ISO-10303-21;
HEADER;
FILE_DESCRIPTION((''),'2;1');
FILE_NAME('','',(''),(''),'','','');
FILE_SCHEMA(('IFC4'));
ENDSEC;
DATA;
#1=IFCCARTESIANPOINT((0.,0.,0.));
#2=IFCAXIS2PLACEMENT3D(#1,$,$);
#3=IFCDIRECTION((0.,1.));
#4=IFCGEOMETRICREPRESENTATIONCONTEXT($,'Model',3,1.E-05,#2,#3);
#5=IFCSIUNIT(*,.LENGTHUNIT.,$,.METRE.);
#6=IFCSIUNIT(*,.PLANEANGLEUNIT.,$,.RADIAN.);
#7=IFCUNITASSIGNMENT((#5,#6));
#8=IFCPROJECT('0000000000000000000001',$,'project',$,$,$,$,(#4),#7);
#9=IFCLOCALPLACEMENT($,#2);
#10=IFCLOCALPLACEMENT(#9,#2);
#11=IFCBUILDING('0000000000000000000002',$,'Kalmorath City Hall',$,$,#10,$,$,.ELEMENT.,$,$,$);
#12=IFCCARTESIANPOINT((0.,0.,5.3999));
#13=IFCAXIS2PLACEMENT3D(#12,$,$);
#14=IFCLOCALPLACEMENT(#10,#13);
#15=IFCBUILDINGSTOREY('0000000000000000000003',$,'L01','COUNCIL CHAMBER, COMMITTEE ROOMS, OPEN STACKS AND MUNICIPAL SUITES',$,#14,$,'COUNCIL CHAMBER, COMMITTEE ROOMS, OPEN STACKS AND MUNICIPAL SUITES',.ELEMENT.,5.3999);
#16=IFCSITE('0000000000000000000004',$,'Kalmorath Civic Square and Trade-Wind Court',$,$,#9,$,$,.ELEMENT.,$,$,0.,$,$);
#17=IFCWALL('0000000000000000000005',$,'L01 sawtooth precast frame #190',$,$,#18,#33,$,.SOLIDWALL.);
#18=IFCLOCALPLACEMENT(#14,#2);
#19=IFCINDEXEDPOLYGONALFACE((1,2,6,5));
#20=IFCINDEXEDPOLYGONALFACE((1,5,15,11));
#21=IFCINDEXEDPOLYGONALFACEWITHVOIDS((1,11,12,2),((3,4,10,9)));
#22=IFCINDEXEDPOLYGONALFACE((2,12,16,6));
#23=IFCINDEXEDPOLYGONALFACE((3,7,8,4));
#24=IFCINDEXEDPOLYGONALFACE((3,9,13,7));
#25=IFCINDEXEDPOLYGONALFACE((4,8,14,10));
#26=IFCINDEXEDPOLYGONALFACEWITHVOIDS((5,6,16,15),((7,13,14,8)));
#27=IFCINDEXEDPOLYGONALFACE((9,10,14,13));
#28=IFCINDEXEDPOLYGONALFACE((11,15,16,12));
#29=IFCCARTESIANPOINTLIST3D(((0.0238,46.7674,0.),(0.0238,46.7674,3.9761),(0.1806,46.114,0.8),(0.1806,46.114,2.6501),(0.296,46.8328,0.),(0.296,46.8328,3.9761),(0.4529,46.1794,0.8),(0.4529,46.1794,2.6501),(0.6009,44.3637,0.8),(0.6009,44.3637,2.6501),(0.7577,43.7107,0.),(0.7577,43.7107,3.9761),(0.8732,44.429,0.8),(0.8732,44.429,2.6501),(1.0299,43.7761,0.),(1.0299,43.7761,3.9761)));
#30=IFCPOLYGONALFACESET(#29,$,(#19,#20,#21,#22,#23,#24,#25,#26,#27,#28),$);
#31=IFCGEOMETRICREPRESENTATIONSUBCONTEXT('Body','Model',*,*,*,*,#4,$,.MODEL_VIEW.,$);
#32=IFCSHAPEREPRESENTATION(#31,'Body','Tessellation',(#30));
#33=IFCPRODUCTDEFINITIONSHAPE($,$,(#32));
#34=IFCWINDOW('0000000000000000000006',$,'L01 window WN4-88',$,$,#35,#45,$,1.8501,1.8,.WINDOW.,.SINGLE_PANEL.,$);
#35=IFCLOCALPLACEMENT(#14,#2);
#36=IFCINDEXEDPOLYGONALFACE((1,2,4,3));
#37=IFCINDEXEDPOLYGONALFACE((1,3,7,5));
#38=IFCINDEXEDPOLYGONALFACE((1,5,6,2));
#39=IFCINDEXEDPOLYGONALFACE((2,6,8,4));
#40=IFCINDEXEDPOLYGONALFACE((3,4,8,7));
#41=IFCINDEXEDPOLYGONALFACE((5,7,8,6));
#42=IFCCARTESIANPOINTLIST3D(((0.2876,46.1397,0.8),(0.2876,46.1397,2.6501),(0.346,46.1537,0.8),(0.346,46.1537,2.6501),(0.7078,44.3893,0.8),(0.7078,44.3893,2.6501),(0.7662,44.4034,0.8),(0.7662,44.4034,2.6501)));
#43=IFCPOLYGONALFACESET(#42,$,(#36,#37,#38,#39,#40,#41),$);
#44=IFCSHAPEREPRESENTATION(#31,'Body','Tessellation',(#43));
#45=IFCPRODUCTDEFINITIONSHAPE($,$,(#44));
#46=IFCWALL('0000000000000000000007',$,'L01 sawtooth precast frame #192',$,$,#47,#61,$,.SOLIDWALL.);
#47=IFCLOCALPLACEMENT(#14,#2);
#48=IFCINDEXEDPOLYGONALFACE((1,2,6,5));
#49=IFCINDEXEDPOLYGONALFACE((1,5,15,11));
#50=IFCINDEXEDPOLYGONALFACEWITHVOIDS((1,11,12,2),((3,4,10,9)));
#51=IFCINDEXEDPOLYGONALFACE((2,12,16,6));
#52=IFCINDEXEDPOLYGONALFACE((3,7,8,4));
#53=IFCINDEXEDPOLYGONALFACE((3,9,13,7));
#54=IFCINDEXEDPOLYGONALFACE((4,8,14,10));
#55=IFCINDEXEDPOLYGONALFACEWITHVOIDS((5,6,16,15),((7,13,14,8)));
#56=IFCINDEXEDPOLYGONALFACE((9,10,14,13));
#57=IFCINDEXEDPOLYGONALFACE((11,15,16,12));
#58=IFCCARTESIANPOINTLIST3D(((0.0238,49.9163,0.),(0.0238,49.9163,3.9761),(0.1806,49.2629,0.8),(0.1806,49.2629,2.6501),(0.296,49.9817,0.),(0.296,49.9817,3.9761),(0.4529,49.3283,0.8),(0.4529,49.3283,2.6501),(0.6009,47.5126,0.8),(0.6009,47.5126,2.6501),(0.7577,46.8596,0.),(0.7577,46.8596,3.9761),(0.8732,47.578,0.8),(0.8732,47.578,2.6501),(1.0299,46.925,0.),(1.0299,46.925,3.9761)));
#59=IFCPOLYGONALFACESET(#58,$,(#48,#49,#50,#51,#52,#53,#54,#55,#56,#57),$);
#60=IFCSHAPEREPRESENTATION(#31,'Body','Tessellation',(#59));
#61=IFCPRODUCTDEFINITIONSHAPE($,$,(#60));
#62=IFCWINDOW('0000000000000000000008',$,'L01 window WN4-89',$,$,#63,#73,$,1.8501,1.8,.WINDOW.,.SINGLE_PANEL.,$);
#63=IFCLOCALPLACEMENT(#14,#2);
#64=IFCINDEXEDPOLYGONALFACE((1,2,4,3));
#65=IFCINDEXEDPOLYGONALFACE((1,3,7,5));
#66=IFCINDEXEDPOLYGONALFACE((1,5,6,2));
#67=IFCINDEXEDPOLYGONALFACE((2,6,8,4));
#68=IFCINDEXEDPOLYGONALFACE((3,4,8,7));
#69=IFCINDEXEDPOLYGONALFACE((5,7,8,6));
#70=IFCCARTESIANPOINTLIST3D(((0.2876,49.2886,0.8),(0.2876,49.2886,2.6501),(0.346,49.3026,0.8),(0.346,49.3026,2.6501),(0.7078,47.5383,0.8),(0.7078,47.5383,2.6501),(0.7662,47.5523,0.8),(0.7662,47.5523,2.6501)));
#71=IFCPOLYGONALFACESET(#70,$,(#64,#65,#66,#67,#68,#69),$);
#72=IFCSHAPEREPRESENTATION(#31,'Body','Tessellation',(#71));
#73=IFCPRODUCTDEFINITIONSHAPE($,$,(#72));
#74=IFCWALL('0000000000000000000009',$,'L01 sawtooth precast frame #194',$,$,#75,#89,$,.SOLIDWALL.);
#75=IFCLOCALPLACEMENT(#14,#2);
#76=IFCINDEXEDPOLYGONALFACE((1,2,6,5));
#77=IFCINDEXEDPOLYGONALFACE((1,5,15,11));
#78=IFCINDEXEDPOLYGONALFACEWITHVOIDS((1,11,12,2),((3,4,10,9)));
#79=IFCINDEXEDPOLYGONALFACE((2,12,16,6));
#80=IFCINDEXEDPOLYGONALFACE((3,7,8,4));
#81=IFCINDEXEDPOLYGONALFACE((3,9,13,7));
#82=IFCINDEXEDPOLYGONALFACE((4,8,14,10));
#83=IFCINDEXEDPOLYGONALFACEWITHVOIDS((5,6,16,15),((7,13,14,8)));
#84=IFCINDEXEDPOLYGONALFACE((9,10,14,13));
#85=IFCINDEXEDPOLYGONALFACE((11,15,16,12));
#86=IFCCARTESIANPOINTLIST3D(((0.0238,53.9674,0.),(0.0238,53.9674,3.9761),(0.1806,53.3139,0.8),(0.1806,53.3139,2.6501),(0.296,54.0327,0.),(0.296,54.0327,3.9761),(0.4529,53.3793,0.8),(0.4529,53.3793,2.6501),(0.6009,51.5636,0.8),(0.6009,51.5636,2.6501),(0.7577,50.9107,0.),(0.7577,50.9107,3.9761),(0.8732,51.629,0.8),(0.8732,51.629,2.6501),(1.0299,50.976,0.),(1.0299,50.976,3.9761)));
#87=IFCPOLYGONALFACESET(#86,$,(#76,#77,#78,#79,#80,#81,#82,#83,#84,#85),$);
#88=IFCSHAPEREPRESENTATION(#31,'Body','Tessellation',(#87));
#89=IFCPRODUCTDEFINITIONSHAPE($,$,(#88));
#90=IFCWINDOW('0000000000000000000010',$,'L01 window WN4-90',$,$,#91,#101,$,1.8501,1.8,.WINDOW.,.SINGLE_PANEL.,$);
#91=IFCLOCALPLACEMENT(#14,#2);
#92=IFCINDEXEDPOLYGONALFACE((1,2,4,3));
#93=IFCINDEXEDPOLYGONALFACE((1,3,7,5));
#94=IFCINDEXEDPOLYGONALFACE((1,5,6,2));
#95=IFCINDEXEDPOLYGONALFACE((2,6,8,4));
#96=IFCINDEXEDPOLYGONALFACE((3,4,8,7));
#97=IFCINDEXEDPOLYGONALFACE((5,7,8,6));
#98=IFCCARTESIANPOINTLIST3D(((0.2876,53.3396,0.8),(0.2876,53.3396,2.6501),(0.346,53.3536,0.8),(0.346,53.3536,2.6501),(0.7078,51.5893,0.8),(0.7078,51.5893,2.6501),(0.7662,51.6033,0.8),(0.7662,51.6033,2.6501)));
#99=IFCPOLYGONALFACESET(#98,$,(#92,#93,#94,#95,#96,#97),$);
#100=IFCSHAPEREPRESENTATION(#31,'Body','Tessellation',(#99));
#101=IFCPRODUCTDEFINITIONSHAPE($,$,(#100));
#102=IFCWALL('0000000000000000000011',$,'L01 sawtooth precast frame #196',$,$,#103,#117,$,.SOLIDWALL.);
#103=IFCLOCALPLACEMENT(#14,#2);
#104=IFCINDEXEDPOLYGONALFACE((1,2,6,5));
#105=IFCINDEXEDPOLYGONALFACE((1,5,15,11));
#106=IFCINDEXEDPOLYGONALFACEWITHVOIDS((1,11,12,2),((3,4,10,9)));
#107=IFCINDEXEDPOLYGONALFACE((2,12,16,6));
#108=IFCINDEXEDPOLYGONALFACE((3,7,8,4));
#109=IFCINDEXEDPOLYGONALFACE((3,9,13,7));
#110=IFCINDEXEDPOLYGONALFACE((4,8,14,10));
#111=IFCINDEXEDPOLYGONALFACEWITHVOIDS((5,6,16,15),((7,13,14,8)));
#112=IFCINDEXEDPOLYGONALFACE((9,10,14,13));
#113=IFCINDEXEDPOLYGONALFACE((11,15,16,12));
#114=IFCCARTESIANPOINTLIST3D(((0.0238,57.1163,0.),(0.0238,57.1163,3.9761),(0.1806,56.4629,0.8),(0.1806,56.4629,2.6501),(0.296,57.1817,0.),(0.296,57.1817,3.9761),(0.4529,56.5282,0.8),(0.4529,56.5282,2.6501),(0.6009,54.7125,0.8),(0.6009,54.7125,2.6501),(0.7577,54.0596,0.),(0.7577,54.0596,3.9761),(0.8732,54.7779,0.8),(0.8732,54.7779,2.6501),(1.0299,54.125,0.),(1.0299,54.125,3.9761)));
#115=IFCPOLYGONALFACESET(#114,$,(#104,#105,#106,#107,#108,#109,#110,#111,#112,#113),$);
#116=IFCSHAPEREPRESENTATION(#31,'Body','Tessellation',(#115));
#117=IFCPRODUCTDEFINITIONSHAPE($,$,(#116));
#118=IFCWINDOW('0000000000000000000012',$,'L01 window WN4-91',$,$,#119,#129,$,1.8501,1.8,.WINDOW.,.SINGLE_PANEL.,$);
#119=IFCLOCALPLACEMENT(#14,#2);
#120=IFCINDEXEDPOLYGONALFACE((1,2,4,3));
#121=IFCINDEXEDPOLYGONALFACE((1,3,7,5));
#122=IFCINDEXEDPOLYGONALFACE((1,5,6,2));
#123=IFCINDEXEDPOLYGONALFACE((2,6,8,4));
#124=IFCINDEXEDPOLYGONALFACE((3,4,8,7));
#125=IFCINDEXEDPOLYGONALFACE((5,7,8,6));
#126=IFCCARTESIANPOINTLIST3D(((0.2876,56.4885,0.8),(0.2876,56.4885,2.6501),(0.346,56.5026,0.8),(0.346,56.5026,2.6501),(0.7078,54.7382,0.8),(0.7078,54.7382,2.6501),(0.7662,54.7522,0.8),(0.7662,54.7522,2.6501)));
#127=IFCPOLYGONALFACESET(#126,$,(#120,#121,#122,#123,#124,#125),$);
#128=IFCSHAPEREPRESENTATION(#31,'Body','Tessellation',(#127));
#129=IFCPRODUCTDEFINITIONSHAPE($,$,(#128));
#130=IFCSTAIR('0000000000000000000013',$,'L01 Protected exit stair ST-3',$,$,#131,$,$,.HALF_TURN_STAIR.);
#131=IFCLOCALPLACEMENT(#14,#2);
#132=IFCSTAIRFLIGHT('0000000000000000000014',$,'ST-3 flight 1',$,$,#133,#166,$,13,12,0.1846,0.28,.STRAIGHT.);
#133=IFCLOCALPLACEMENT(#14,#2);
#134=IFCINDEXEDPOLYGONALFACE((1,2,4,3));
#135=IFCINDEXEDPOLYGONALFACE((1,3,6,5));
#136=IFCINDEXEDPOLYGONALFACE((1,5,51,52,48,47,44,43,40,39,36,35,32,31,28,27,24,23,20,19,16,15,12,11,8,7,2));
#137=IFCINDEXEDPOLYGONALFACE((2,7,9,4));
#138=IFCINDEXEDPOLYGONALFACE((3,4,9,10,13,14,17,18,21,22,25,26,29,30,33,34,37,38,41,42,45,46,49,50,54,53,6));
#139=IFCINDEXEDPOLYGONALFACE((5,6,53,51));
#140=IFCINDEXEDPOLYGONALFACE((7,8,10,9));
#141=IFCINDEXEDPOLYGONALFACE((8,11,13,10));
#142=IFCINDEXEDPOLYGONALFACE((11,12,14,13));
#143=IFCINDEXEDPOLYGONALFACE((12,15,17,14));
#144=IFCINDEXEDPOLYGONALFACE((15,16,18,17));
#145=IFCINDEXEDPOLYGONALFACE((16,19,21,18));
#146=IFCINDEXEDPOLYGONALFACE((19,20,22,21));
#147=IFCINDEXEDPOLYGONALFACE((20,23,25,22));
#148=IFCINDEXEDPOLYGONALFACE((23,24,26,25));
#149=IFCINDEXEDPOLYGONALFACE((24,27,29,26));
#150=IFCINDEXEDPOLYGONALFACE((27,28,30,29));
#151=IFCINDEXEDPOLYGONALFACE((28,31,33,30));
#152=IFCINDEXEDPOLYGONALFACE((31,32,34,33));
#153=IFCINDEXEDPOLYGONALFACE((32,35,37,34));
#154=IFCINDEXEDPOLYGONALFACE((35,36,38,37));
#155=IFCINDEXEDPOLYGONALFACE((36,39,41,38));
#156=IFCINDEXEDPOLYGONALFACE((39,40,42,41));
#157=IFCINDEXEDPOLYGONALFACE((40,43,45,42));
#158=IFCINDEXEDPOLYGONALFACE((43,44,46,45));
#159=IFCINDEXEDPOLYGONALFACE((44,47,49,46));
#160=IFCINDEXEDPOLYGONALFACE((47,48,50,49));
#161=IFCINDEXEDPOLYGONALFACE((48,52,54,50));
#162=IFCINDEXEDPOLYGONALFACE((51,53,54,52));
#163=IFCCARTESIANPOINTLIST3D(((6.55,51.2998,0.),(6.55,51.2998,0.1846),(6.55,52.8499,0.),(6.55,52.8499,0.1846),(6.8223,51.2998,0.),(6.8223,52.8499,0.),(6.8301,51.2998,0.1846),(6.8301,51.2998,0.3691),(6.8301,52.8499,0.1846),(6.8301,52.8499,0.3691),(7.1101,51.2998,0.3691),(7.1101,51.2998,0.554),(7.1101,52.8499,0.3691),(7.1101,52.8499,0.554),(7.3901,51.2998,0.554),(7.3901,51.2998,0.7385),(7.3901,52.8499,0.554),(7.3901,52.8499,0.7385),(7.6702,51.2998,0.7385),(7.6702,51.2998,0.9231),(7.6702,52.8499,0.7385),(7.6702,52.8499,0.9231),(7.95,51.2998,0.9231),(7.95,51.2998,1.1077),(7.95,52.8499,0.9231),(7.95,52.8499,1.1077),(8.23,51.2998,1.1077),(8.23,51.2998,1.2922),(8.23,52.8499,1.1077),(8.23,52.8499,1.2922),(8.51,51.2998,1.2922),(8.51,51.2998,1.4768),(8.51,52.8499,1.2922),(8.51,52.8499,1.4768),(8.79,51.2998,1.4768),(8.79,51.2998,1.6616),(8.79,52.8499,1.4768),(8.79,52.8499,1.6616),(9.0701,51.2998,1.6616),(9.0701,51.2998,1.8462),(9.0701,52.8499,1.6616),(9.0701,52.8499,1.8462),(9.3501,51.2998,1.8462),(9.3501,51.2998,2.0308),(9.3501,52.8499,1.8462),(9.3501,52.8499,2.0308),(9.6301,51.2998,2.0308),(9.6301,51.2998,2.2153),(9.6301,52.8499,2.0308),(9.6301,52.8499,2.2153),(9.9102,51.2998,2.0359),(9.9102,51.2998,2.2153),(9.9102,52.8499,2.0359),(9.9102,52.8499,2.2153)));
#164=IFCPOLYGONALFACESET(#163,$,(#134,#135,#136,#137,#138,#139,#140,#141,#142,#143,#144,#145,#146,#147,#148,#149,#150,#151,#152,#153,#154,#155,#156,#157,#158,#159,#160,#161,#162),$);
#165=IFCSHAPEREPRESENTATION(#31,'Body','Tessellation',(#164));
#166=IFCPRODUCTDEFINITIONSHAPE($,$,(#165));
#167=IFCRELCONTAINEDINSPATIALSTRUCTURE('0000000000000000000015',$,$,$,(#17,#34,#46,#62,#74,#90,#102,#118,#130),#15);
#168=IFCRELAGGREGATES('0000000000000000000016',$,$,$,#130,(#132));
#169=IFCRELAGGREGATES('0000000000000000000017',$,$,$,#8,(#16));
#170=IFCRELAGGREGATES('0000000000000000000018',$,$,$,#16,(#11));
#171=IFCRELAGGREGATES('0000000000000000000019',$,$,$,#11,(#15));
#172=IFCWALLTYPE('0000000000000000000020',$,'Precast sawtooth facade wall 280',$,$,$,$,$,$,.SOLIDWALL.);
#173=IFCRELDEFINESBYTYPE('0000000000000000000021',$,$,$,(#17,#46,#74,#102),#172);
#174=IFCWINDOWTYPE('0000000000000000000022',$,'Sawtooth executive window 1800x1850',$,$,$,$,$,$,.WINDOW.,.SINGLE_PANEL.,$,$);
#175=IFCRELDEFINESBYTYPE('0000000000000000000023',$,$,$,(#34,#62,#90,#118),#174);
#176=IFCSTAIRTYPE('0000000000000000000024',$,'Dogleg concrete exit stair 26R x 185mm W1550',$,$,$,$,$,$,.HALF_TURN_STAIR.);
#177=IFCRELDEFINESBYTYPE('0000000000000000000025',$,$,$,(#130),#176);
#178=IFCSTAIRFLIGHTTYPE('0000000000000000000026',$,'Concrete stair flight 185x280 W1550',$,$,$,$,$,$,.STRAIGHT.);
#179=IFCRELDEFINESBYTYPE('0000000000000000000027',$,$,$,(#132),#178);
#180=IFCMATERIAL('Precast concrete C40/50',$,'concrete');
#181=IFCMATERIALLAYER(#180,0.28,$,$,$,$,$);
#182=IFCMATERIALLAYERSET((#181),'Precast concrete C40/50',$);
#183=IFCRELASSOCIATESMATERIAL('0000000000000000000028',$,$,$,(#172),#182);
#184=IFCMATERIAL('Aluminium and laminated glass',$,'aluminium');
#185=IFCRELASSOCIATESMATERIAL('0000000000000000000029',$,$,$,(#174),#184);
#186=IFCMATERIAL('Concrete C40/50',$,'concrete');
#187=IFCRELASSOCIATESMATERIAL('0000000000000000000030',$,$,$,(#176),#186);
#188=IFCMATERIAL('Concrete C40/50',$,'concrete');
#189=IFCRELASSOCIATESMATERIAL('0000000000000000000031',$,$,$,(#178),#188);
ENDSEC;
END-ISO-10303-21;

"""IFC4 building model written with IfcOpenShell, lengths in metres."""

from ifc_helpers import new_model, si_unit, direction, frame, frame_2d, origin, place, context, subcontext, project, spatial, polyline, rectangle, outline, extrude, material, layer, layer_set, type_object, element, fill, aggregate, save


model = new_model("IFC4")

# Units and contexts
model_context = context("Model", 3, precision=1e-05, world=origin(), true_north=direction((0.0, 1.0)))
body_context = subcontext(model_context, "Body", "Model", "MODEL_VIEW")
ifc_project = project(units=[si_unit("LENGTHUNIT", "METRE"), si_unit("PLANEANGLEUNIT", "RADIAN")], contexts=[model_context])

# Site, building, storey
site_placement = place(None, origin())
site = spatial("IfcSite", under=ifc_project, at=site_placement, Name="Kalmorath Civic Square and Trade-Wind Court", CompositionType="ELEMENT", RefElevation=0.0)
building_placement = place(site_placement, origin())
building = spatial("IfcBuilding", under=site, at=building_placement, Name="Kalmorath City Hall", CompositionType="ELEMENT")
storey_placement = place(building_placement, frame((0.0, 0.0, 5.3999)))
storey = spatial("IfcBuildingStorey", under=building, at=storey_placement, Name="L01", Description="COUNCIL CHAMBER, COMMITTEE ROOMS, OPEN STACKS AND MUNICIPAL SUITES", LongName="COUNCIL CHAMBER, COMMITTEE ROOMS, OPEN STACKS AND MUNICIPAL SUITES", CompositionType="ELEMENT", Elevation=5.3999)

# Walls, openings, windows
ifc_material_1 = material(Name="Precast concrete C40/50", Category="concrete")
ifc_layer_1 = layer(ifc_material_1, 0.28)
ifc_layer_set_1 = layer_set([ifc_layer_1], Name="Precast concrete C40/50")
wall_type_1 = type_object("IfcWallType", Name="Precast sawtooth facade wall 280", PredefinedType="SOLIDWALL", material=ifc_layer_set_1)
wall_1_placement = place(storey_placement, frame((0.8938, 43.7434, 0.0), z_axis=(0.0, 0.0, 1.0), x_axis=(-0.233461, 0.972366, 0.0)))
wall_1 = element("IfcWall", 1, at=wall_1_placement, inside=storey, type_object=wall_type_1, Name="L01 sawtooth precast frame #190", PredefinedType="SOLIDWALL", context=body_context, shape_type="SweptSolid", body=[
    extrude(rectangle(XDim=3.1436, YDim=0.28, at=frame_2d((1.5718, 0.0))), origin(), (0.0, 0.0, 1.0), 3.9761),
])
opening_1_placement = place(wall_1_placement, frame((0.6716, 0.0, 0.8)))
opening_1 = element("IfcOpeningElement", 2, at=opening_1_placement, cuts=wall_1, PredefinedType="OPENING", context=body_context, shape_type="SweptSolid", body=[
    extrude(rectangle(XDim=1.8, YDim=1.8501, at=frame_2d((0.8999, 0.925))), frame((0.0, 0.1499, 0.0), z_axis=(0.0, -1.0, 0.0), x_axis=(1.0, 0.0, 0.0)), (0.0, 0.0, 1.0), 0.3),
])
ifc_material_2 = material(Name="Aluminium and laminated glass", Category="aluminium")
window_type = type_object("IfcWindowType", Name="Sawtooth executive window 1800x1850", PartitioningType="SINGLE_PANEL", PredefinedType="WINDOW", material=ifc_material_2)
window_1_placement = place(opening_1_placement, origin())
window_1 = element("IfcWindow", 3, at=window_1_placement, inside=storey, type_object=window_type, Name="L01 window WN4-88", OverallHeight=1.8501, OverallWidth=1.8, PartitioningType="SINGLE_PANEL", PredefinedType="WINDOW", context=body_context, shape_type="SweptSolid", body=[
    extrude(rectangle(XDim=1.8, YDim=1.8501, at=frame_2d((0.8999, 0.925))), frame((0.0, 0.03, 0.0), z_axis=(0.0, -1.0, 0.0), x_axis=(1.0, 0.0, 0.0)), (0.0, 0.0, 1.0), 0.0601),
])
fill(opening_1, window_1)
wall_2_placement = place(storey_placement, frame((0.8938, 46.8923, 0.0), z_axis=(0.0, 0.0, 1.0), x_axis=(-0.233461, 0.972366, 0.0)))
wall_2 = element("IfcWall", 4, at=wall_2_placement, inside=storey, type_object=wall_type_1, Name="L01 sawtooth precast frame #192", PredefinedType="SOLIDWALL", context=body_context, shape_type="SweptSolid", body=[
    extrude(rectangle(XDim=3.1436, YDim=0.28, at=frame_2d((1.5718, 0.0))), origin(), (0.0, 0.0, 1.0), 3.9761),
])
opening_2_placement = place(wall_2_placement, frame((0.6716, 0.0, 0.8)))
opening_2 = element("IfcOpeningElement", 5, at=opening_2_placement, cuts=wall_2, PredefinedType="OPENING", context=body_context, shape_type="SweptSolid", body=[
    extrude(rectangle(XDim=1.8, YDim=1.8501, at=frame_2d((0.8999, 0.925))), frame((0.0, 0.1499, 0.0), z_axis=(0.0, -1.0, 0.0), x_axis=(1.0, 0.0, 0.0)), (0.0, 0.0, 1.0), 0.3),
])
window_2_placement = place(opening_2_placement, origin())
window_2 = element("IfcWindow", 6, at=window_2_placement, inside=storey, type_object=window_type, Name="L01 window WN4-89", OverallHeight=1.8501, OverallWidth=1.8, PartitioningType="SINGLE_PANEL", PredefinedType="WINDOW", context=body_context, shape_type="SweptSolid", body=[
    extrude(rectangle(XDim=1.8, YDim=1.8501, at=frame_2d((0.8999, 0.925))), frame((0.0, 0.03, 0.0), z_axis=(0.0, -1.0, 0.0), x_axis=(1.0, 0.0, 0.0)), (0.0, 0.0, 1.0), 0.0601),
])
fill(opening_2, window_2)
wall_3_placement = place(storey_placement, frame((0.8938, 50.9434, 0.0), z_axis=(0.0, 0.0, 1.0), x_axis=(-0.233461, 0.972366, 0.0)))
wall_3 = element("IfcWall", 7, at=wall_3_placement, inside=storey, type_object=wall_type_1, Name="L01 sawtooth precast frame #194", PredefinedType="SOLIDWALL", context=body_context, shape_type="SweptSolid", body=[
    extrude(rectangle(XDim=3.1436, YDim=0.28, at=frame_2d((1.5718, 0.0))), origin(), (0.0, 0.0, 1.0), 3.9761),
])
opening_3_placement = place(wall_3_placement, frame((0.6716, 0.0, 0.8)))
opening_3 = element("IfcOpeningElement", 8, at=opening_3_placement, cuts=wall_3, PredefinedType="OPENING", context=body_context, shape_type="SweptSolid", body=[
    extrude(rectangle(XDim=1.8, YDim=1.8501, at=frame_2d((0.8999, 0.925))), frame((0.0, 0.1499, 0.0), z_axis=(0.0, -1.0, 0.0), x_axis=(1.0, 0.0, 0.0)), (0.0, 0.0, 1.0), 0.3),
])
window_3_placement = place(opening_3_placement, origin())
window_3 = element("IfcWindow", 9, at=window_3_placement, inside=storey, type_object=window_type, Name="L01 window WN4-90", OverallHeight=1.8501, OverallWidth=1.8, PartitioningType="SINGLE_PANEL", PredefinedType="WINDOW", context=body_context, shape_type="SweptSolid", body=[
    extrude(rectangle(XDim=1.8, YDim=1.8501, at=frame_2d((0.8999, 0.925))), frame((0.0, 0.03, 0.0), z_axis=(0.0, -1.0, 0.0), x_axis=(1.0, 0.0, 0.0)), (0.0, 0.0, 1.0), 0.0601),
])
fill(opening_3, window_3)
wall_4_placement = place(storey_placement, frame((0.8938, 54.0923, 0.0), z_axis=(0.0, 0.0, 1.0), x_axis=(-0.233461, 0.972366, 0.0)))
wall_4 = element("IfcWall", 10, at=wall_4_placement, inside=storey, type_object=wall_type_1, Name="L01 sawtooth precast frame #196", PredefinedType="SOLIDWALL", context=body_context, shape_type="SweptSolid", body=[
    extrude(rectangle(XDim=3.1436, YDim=0.28, at=frame_2d((1.5718, 0.0))), origin(), (0.0, 0.0, 1.0), 3.9761),
])
opening_4_placement = place(wall_4_placement, frame((0.6716, 0.0, 0.8)))
opening_4 = element("IfcOpeningElement", 11, at=opening_4_placement, cuts=wall_4, PredefinedType="OPENING", context=body_context, shape_type="SweptSolid", body=[
    extrude(rectangle(XDim=1.8, YDim=1.8501, at=frame_2d((0.8999, 0.925))), frame((0.0, 0.1499, 0.0), z_axis=(0.0, -1.0, 0.0), x_axis=(1.0, 0.0, 0.0)), (0.0, 0.0, 1.0), 0.3),
])
window_4_placement = place(opening_4_placement, origin())
window_4 = element("IfcWindow", 12, at=window_4_placement, inside=storey, type_object=window_type, Name="L01 window WN4-91", OverallHeight=1.8501, OverallWidth=1.8, PartitioningType="SINGLE_PANEL", PredefinedType="WINDOW", context=body_context, shape_type="SweptSolid", body=[
    extrude(rectangle(XDim=1.8, YDim=1.8501, at=frame_2d((0.8999, 0.925))), frame((0.0, 0.03, 0.0), z_axis=(0.0, -1.0, 0.0), x_axis=(1.0, 0.0, 0.0)), (0.0, 0.0, 1.0), 0.0601),
])
fill(opening_4, window_4)

# Stair, stair flight
ifc_material_3 = material(Name="Concrete C40/50", Category="concrete")
stair_type = type_object("IfcStairType", Name="Dogleg concrete exit stair 26R x 185mm W1550", PredefinedType="HALF_TURN_STAIR", material=ifc_material_3)
stair_placement = place(storey_placement, origin())
stair = element("IfcStair", 13, at=stair_placement, inside=storey, type_object=stair_type, Name="L01 Protected exit stair ST-3", PredefinedType="HALF_TURN_STAIR")
ifc_material_4 = material(Name="Concrete C40/50", Category="concrete")
stair_flight_type = type_object("IfcStairFlightType", Name="Concrete stair flight 185x280 W1550", PredefinedType="STRAIGHT", material=ifc_material_4)
stair_flight_placement = place(storey_placement, frame((6.55, 52.075, 0.0), z_axis=(0.0, 0.0, 1.0), x_axis=(1.0, 0.0, 0.0)))
stair_flight = element("IfcStairFlight", 14, at=stair_flight_placement, type_object=stair_flight_type, Name="ST-3 flight 1", NumberOfRisers=13, NumberOfTreads=12, PredefinedType="STRAIGHT", RiserHeight=0.1846, TreadLength=0.28, context=body_context, shape_type="SweptSolid", body=[
    extrude(outline(polyline([(0.0, 0.0), (0.0, 0.1846), (0.28, 0.1846), (0.28, 0.3691), (0.5601, 0.3691), (0.5601, 0.554), (0.8401, 0.554), (0.8401, 0.7385), (1.1201, 0.7385), (1.1201, 0.9231), (1.3999, 0.9231), (1.3999, 1.1077), (1.6799, 1.1077), (1.6799, 1.2922), (1.96, 1.2922), (1.96, 1.4768), (2.24, 1.4768), (2.24, 1.6616), (2.52, 1.6616), (2.52, 1.8462), (2.8, 1.8462), (2.8, 2.0308), (3.0801, 2.0308), (3.0801, 2.2153), (3.3601, 2.2153), (3.3601, 2.3999), (3.3601, 2.0359), (0.2722, 0.0), (0.0, 0.0)])), frame((0.0, 0.7749, 0.0), z_axis=(0.0, -1.0, 0.0), x_axis=(1.0, 0.0, 0.0)), (0.0, 0.0, 1.0), 1.55),
])
aggregate(stair, [stair_flight])

save(model, "model.ifc")
